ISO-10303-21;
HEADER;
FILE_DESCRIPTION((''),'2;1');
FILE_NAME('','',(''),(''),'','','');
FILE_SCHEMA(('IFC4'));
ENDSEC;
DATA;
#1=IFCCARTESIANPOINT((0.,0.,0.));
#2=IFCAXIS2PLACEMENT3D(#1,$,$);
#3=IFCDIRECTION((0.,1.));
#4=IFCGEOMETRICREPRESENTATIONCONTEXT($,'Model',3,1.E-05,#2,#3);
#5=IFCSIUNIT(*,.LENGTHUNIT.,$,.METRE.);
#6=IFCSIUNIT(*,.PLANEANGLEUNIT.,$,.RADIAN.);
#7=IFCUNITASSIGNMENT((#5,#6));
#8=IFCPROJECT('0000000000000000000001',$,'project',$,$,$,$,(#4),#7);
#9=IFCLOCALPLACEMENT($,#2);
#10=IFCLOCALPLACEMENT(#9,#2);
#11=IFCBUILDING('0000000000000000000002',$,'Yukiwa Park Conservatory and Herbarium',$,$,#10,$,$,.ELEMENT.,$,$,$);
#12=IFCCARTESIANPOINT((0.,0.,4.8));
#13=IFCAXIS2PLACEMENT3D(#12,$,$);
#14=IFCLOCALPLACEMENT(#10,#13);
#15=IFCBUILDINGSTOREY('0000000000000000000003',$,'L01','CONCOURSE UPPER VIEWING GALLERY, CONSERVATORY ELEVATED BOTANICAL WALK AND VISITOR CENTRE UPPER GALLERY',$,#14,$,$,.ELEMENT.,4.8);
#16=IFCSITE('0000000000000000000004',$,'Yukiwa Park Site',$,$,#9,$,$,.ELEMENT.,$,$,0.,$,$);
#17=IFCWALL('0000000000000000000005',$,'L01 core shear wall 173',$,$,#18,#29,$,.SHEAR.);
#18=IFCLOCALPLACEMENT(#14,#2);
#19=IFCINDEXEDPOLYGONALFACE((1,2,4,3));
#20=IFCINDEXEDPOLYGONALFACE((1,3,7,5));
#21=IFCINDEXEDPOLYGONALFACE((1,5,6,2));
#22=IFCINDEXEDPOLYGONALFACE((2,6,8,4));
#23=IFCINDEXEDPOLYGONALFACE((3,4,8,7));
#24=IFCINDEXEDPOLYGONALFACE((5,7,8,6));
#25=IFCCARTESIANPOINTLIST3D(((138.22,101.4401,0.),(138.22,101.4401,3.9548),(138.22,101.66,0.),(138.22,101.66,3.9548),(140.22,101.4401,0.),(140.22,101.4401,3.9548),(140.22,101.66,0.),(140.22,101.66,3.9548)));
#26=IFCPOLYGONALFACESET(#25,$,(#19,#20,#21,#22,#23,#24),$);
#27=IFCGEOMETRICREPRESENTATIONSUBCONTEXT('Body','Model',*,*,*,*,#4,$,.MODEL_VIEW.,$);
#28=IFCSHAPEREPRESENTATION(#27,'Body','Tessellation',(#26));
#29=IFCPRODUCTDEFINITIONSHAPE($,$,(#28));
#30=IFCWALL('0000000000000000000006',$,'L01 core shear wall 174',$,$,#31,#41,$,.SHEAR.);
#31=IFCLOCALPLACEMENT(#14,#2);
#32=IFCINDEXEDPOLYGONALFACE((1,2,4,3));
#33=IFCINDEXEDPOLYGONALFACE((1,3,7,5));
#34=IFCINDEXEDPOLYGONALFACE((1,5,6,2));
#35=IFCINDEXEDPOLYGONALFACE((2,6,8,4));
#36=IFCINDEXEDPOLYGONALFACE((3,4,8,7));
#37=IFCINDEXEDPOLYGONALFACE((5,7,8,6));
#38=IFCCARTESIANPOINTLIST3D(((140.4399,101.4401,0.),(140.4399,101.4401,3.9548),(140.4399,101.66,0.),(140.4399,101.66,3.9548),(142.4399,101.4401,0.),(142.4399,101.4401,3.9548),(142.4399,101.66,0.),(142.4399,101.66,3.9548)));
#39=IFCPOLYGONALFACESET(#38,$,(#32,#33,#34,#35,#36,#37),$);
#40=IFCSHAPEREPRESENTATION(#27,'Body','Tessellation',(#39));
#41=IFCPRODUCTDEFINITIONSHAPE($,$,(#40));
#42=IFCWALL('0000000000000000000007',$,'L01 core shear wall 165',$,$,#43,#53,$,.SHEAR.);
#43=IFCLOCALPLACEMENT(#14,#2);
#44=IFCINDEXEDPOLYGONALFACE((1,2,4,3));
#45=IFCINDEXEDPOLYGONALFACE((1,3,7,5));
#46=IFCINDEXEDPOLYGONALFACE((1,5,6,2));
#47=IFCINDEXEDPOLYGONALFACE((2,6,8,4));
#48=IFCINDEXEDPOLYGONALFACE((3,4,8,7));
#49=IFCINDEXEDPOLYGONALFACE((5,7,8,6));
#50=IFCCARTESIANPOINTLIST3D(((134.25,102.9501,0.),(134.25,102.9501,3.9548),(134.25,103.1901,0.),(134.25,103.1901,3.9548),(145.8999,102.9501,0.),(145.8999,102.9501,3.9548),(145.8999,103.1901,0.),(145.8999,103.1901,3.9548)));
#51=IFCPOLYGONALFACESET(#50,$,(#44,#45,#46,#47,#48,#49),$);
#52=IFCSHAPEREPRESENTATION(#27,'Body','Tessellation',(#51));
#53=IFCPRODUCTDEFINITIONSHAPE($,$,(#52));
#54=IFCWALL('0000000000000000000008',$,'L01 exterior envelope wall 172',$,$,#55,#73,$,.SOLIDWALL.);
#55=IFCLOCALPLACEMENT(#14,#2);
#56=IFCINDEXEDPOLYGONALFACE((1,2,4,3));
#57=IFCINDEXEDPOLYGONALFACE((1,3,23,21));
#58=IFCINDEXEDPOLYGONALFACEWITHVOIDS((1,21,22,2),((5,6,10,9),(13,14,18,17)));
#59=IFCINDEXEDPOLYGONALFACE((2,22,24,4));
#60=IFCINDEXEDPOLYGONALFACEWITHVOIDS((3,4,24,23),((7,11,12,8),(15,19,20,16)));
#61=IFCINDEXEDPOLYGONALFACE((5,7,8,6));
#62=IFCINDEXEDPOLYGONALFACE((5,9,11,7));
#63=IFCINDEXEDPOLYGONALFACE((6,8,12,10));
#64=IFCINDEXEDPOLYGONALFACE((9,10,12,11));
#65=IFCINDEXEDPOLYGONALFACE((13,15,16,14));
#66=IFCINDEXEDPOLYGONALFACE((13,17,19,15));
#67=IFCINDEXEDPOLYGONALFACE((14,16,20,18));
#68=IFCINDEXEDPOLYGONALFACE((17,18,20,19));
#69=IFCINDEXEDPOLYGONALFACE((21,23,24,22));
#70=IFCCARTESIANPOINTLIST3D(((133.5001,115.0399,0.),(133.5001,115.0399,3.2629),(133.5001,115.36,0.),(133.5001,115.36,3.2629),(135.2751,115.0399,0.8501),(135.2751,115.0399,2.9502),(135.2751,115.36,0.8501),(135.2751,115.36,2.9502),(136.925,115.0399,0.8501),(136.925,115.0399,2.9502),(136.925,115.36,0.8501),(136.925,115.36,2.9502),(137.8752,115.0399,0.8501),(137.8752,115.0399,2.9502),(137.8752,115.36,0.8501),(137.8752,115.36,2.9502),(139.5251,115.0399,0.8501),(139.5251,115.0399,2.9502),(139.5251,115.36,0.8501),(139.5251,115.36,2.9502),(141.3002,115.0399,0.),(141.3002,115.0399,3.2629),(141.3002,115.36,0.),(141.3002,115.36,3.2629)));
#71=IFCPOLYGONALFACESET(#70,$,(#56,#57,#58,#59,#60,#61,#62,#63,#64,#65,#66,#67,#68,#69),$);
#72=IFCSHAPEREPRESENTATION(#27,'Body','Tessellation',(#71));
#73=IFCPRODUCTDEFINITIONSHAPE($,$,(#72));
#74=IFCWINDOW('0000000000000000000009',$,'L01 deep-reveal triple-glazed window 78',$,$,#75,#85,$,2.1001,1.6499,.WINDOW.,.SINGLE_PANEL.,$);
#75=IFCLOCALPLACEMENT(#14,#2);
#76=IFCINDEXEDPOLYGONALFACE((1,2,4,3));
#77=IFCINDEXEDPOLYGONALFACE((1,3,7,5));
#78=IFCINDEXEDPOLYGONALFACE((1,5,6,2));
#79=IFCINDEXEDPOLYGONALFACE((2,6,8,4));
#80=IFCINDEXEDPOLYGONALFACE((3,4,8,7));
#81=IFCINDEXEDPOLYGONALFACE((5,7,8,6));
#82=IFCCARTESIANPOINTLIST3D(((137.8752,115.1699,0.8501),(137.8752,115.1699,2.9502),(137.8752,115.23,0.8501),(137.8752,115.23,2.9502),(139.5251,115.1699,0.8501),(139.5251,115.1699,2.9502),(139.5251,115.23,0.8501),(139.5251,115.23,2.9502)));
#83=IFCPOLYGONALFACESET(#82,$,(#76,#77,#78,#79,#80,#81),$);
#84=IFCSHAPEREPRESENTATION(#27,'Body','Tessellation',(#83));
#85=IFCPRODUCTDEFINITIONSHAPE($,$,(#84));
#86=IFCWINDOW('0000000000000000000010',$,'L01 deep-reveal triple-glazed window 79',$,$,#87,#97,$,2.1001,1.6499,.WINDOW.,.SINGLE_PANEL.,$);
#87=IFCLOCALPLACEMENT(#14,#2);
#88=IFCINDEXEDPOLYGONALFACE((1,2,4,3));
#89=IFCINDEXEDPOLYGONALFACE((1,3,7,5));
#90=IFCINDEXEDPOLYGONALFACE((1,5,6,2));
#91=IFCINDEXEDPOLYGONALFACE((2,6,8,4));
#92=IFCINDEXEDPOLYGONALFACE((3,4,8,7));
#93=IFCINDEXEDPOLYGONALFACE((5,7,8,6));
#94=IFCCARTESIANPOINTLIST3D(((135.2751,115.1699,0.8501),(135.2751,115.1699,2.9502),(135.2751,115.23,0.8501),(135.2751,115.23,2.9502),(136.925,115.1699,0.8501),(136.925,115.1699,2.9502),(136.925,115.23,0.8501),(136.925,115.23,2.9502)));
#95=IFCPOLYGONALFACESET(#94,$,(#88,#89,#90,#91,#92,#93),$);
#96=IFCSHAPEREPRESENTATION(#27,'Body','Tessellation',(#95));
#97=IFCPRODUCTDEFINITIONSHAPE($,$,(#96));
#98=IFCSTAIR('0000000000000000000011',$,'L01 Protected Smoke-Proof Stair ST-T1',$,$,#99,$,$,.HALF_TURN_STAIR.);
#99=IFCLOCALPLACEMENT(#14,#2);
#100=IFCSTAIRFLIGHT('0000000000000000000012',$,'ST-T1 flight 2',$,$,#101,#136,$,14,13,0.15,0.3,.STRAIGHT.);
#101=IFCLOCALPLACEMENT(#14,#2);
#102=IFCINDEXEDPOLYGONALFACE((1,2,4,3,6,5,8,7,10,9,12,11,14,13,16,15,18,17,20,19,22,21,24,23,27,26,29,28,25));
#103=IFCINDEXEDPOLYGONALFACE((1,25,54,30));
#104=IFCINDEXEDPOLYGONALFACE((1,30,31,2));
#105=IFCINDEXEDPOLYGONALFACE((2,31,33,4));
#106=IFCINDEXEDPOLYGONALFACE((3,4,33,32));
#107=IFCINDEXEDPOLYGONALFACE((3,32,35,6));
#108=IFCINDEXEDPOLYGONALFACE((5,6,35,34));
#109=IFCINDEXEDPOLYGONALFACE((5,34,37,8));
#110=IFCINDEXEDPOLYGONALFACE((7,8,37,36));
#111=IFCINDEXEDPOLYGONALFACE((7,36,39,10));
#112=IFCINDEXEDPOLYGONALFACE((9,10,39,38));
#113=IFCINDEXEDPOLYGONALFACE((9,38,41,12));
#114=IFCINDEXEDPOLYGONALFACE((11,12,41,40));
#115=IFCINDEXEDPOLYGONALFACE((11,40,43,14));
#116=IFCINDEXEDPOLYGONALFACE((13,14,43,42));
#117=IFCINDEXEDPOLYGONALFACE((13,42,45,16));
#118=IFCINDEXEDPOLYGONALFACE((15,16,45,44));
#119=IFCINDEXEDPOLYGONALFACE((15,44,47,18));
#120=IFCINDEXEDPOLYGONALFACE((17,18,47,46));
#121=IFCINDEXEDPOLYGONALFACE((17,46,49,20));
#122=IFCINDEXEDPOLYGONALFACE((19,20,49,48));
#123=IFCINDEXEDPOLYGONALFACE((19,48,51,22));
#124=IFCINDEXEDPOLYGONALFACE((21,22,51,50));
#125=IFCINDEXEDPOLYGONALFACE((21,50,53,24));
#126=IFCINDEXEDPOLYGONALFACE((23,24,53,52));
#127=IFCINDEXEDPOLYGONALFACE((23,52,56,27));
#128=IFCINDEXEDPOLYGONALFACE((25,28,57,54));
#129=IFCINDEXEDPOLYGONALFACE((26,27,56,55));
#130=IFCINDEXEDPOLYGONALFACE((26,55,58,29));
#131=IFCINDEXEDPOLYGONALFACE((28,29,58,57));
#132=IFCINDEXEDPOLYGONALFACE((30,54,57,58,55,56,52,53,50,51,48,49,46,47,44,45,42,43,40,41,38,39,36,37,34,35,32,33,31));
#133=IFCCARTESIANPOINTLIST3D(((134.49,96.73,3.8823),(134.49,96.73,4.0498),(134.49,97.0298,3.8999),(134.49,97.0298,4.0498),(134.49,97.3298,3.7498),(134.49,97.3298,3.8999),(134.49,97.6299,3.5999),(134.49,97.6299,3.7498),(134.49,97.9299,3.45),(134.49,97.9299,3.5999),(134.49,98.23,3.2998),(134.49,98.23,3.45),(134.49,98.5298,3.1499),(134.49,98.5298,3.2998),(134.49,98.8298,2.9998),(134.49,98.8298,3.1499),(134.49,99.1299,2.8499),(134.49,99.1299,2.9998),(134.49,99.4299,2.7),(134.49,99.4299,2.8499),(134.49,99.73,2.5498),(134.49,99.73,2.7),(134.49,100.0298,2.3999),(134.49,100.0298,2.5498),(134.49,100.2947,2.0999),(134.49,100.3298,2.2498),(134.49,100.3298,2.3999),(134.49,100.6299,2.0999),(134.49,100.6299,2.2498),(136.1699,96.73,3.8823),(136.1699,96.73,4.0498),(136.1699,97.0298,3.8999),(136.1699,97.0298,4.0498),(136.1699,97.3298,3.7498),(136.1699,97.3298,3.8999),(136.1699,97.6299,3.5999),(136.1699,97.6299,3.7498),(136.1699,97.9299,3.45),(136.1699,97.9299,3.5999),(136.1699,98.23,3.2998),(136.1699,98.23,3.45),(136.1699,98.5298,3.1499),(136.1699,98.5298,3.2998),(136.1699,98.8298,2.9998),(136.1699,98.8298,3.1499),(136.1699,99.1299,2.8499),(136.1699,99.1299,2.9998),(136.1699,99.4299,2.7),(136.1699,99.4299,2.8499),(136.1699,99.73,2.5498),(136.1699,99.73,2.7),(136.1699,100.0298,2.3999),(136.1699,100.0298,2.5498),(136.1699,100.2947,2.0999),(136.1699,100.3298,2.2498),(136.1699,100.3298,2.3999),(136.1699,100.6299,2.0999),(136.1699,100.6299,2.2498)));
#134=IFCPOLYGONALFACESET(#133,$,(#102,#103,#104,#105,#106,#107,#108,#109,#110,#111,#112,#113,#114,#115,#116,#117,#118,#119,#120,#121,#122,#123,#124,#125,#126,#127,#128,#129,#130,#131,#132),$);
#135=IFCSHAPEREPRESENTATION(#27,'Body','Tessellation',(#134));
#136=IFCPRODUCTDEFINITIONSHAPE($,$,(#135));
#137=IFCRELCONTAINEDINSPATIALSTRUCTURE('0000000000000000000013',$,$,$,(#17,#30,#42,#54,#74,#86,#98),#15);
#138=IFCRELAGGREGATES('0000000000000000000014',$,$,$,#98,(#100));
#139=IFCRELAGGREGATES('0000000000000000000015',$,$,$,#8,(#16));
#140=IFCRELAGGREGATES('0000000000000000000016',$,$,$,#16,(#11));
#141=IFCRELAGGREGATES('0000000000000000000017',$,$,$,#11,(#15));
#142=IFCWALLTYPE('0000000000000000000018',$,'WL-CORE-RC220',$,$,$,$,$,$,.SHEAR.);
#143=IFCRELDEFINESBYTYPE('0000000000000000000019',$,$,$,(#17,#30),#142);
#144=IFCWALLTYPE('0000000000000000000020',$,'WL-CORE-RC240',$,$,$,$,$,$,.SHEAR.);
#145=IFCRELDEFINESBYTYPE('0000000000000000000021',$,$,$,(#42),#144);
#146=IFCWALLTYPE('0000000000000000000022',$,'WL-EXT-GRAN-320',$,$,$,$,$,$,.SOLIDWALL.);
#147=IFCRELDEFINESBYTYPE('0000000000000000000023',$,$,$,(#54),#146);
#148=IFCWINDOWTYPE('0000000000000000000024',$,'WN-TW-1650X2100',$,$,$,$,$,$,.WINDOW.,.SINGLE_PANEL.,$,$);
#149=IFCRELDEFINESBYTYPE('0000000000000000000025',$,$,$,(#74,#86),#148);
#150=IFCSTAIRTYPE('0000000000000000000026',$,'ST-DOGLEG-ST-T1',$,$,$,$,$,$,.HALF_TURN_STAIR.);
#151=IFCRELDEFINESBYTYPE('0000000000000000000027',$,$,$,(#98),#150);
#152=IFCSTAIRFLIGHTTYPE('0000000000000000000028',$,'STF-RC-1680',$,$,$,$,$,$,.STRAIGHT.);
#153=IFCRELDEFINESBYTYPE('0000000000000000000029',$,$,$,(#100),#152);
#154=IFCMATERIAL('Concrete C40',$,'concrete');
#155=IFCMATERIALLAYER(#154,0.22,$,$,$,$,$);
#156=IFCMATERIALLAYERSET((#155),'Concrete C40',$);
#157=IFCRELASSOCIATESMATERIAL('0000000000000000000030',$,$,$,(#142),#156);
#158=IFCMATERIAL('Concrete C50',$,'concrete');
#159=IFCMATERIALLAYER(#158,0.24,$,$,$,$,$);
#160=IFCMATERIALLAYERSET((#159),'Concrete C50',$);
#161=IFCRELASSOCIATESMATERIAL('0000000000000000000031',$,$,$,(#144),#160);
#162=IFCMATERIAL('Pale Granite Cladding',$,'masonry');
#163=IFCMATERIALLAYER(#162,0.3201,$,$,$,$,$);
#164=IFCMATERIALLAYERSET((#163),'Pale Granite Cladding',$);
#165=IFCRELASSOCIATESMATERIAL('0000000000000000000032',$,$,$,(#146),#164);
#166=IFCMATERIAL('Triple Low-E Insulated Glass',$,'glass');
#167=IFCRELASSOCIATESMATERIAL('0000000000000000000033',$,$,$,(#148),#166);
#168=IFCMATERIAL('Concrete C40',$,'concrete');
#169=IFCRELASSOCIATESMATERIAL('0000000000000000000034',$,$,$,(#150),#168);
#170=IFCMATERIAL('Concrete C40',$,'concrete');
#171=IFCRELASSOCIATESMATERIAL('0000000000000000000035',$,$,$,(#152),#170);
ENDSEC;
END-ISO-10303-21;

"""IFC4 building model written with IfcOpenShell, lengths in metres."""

from ifc_helpers import new_model, si_unit, direction, frame, frame_2d, origin, place, context, subcontext, project, spatial, polyline, rectangle, outline, extrude, material, layer, layer_set, type_object, element, fill, aggregate, save


model = new_model("IFC4")

# Units and contexts
model_context = context("Model", 3, precision=1e-05, world=origin(), true_north=direction((0.0, 1.0)))
body_context = subcontext(model_context, "Body", "Model", "MODEL_VIEW")
ifc_project = project(units=[si_unit("LENGTHUNIT", "METRE"), si_unit("PLANEANGLEUNIT", "RADIAN")], contexts=[model_context])

# Site, building, storey
site_placement = place(None, origin())
site = spatial("IfcSite", under=ifc_project, at=site_placement, Name="Yukiwa Park Site", CompositionType="ELEMENT", RefElevation=0.0)
building_placement = place(site_placement, origin())
building = spatial("IfcBuilding", under=site, at=building_placement, Name="Yukiwa Park Conservatory and Herbarium", CompositionType="ELEMENT")
storey_placement = place(building_placement, frame((0.0, 0.0, 4.8)))
storey = spatial("IfcBuildingStorey", under=building, at=storey_placement, Name="L01", Description="CONCOURSE UPPER VIEWING GALLERY, CONSERVATORY ELEVATED BOTANICAL WALK AND VISITOR CENTRE UPPER GALLERY", CompositionType="ELEMENT", Elevation=4.8)

# Walls
ifc_material_1 = material(Name="Concrete C40", Category="concrete")
ifc_layer_1 = layer(ifc_material_1, 0.22)
ifc_layer_set_1 = layer_set([ifc_layer_1], Name="Concrete C40")
wall_type_1 = type_object("IfcWallType", Name="WL-CORE-RC220", PredefinedType="SHEAR", material=ifc_layer_set_1)
for number, where, z_axis, x_axis, name in (
    (1, (138.22, 101.55, 0.0), (0.0, 0.0, 1.0), (1.0, 0.0, 0.0), "L01 core shear wall 173"),
    (2, (140.4399, 101.55, 0.0), (0.0, 0.0, 1.0), (1.0, 0.0, 0.0), "L01 core shear wall 174"),
):
    element("IfcWall", number, at=place(storey_placement, frame(where, z_axis=z_axis, x_axis=x_axis)), inside=storey, type_object=wall_type_1, Name=name, PredefinedType="SHEAR", context=body_context, shape_type="SweptSolid", body=[
        extrude(rectangle(XDim=2.0, YDim=0.22, at=frame_2d((1.0, 0.0))), origin(), (0.0, 0.0, 1.0), 3.9548),
    ])
ifc_material_2 = material(Name="Concrete C50", Category="concrete")
ifc_layer_2 = layer(ifc_material_2, 0.24)
ifc_layer_set_2 = layer_set([ifc_layer_2], Name="Concrete C50")
wall_type_2 = type_object("IfcWallType", Name="WL-CORE-RC240", PredefinedType="SHEAR", material=ifc_layer_set_2)
wall_1_placement = place(storey_placement, frame((134.25, 103.0701, 0.0), z_axis=(0.0, 0.0, 1.0), x_axis=(1.0, 0.0, 0.0)))
element("IfcWall", 3, at=wall_1_placement, inside=storey, type_object=wall_type_2, Name="L01 core shear wall 165", PredefinedType="SHEAR", context=body_context, shape_type="SweptSolid", body=[
    extrude(rectangle(XDim=11.6499, YDim=0.24, at=frame_2d((5.825, 0.0))), origin(), (0.0, 0.0, 1.0), 3.9548),
])

# Wall, openings, windows
ifc_material_3 = material(Name="Pale Granite Cladding", Category="masonry")
ifc_layer_3 = layer(ifc_material_3, 0.3201)
ifc_layer_set_3 = layer_set([ifc_layer_3], Name="Pale Granite Cladding")
wall_type_3 = type_object("IfcWallType", Name="WL-EXT-GRAN-320", PredefinedType="SOLIDWALL", material=ifc_layer_set_3)
wall_2_placement = place(storey_placement, frame((141.3, 115.2, 0.0), z_axis=(0.0, 0.0, 1.0), x_axis=(-1.0, 0.0, 0.0)))
wall_2 = element("IfcWall", 4, at=wall_2_placement, inside=storey, type_object=wall_type_3, Name="L01 exterior envelope wall 172", PredefinedType="SOLIDWALL", context=body_context, shape_type="SweptSolid", body=[
    extrude(rectangle(XDim=7.8, YDim=0.3201, at=frame_2d((3.8999, 0.0))), origin(), (0.0, 0.0, 1.0), 3.2629),
])
opening_1_placement = place(wall_2_placement, frame((1.7749, 0.0, 0.8501)))
opening_1 = element("IfcOpeningElement", 5, at=opening_1_placement, cuts=wall_2, PredefinedType="OPENING", context=body_context, shape_type="SweptSolid", body=[
    extrude(rectangle(XDim=1.6499, YDim=2.1001, at=frame_2d((0.825, 1.05))), frame((0.0, 0.1699, 0.0), z_axis=(0.0, -1.0, 0.0), x_axis=(1.0, 0.0, 0.0)), (0.0, 0.0, 1.0), 0.3401),
])
opening_2_placement = place(wall_2_placement, frame((4.375, 0.0, 0.8501)))
opening_2 = element("IfcOpeningElement", 6, at=opening_2_placement, cuts=wall_2, PredefinedType="OPENING", context=body_context, shape_type="SweptSolid", body=[
    extrude(rectangle(XDim=1.6499, YDim=2.1001, at=frame_2d((0.825, 1.05))), frame((0.0, 0.1699, 0.0), z_axis=(0.0, -1.0, 0.0), x_axis=(1.0, 0.0, 0.0)), (0.0, 0.0, 1.0), 0.3401),
])
ifc_material_4 = material(Name="Triple Low-E Insulated Glass", Category="glass")
window_type = type_object("IfcWindowType", Name="WN-TW-1650X2100", PartitioningType="SINGLE_PANEL", PredefinedType="WINDOW", material=ifc_material_4)
window_1_placement = place(opening_1_placement, origin())
window_1 = element("IfcWindow", 7, at=window_1_placement, inside=storey, type_object=window_type, Name="L01 deep-reveal triple-glazed window 78", OverallHeight=2.1001, OverallWidth=1.6499, PartitioningType="SINGLE_PANEL", PredefinedType="WINDOW", context=body_context, shape_type="SweptSolid", body=[
    extrude(rectangle(XDim=1.6499, YDim=2.1001, at=frame_2d((0.825, 1.05))), frame((0.0, 0.03, 0.0), z_axis=(0.0, -1.0, 0.0), x_axis=(1.0, 0.0, 0.0)), (0.0, 0.0, 1.0), 0.0601),
])
fill(opening_1, window_1)
window_2_placement = place(opening_2_placement, origin())
window_2 = element("IfcWindow", 8, at=window_2_placement, inside=storey, type_object=window_type, Name="L01 deep-reveal triple-glazed window 79", OverallHeight=2.1001, OverallWidth=1.6499, PartitioningType="SINGLE_PANEL", PredefinedType="WINDOW", context=body_context, shape_type="SweptSolid", body=[
    extrude(rectangle(XDim=1.6499, YDim=2.1001, at=frame_2d((0.825, 1.05))), frame((0.0, 0.03, 0.0), z_axis=(0.0, -1.0, 0.0), x_axis=(1.0, 0.0, 0.0)), (0.0, 0.0, 1.0), 0.0601),
])
fill(opening_2, window_2)

# Stair, stair flight
ifc_material_5 = material(Name="Concrete C40", Category="concrete")
stair_type = type_object("IfcStairType", Name="ST-DOGLEG-ST-T1", PredefinedType="HALF_TURN_STAIR", material=ifc_material_5)
stair_placement = place(storey_placement, origin())
stair = element("IfcStair", 9, at=stair_placement, inside=storey, type_object=stair_type, Name="L01 Protected Smoke-Proof Stair ST-T1", PredefinedType="HALF_TURN_STAIR")
ifc_material_6 = material(Name="Concrete C40", Category="concrete")
stair_flight_type = type_object("IfcStairFlightType", Name="STF-RC-1680", PredefinedType="STRAIGHT", material=ifc_material_6)
stair_flight_placement = place(storey_placement, frame((135.3301, 100.6299, 2.0999), z_axis=(0.0, 0.0, 1.0), x_axis=(0.0, -1.0, 0.0)))
stair_flight = element("IfcStairFlight", 10, at=stair_flight_placement, type_object=stair_flight_type, Name="ST-T1 flight 2", NumberOfRisers=14, NumberOfTreads=13, PredefinedType="STRAIGHT", RiserHeight=0.15, TreadLength=0.3, context=body_context, shape_type="SweptSolid", body=[
    extrude(outline(polyline([(0.0, 0.0), (0.0, 0.1499), (0.3, 0.1499), (0.3, 0.3), (0.6001, 0.3), (0.6001, 0.45), (0.8999, 0.45), (0.8999, 0.6001), (1.2, 0.6001), (1.2, 0.75), (1.5, 0.75), (1.5, 0.8999), (1.8, 0.8999), (1.8, 1.05), (2.1001, 1.05), (2.1001, 1.2), (2.3999, 1.2), (2.3999, 1.3501), (2.7, 1.3501), (2.7, 1.5), (3.0, 1.5), (3.0, 1.6499), (3.3, 1.6499), (3.3, 1.8), (3.6001, 1.8), (3.6001, 1.95), (3.8999, 1.95), (3.8999, 2.1001), (3.8999, 1.7825), (0.3352, 0.0), (0.0, 0.0)])), frame((0.0, 0.8398, 0.0), z_axis=(0.0, -1.0, 0.0), x_axis=(1.0, 0.0, 0.0)), (0.0, 0.0, 1.0), 1.6799),
])
aggregate(stair, [stair_flight])

save(model, "model.ifc")
